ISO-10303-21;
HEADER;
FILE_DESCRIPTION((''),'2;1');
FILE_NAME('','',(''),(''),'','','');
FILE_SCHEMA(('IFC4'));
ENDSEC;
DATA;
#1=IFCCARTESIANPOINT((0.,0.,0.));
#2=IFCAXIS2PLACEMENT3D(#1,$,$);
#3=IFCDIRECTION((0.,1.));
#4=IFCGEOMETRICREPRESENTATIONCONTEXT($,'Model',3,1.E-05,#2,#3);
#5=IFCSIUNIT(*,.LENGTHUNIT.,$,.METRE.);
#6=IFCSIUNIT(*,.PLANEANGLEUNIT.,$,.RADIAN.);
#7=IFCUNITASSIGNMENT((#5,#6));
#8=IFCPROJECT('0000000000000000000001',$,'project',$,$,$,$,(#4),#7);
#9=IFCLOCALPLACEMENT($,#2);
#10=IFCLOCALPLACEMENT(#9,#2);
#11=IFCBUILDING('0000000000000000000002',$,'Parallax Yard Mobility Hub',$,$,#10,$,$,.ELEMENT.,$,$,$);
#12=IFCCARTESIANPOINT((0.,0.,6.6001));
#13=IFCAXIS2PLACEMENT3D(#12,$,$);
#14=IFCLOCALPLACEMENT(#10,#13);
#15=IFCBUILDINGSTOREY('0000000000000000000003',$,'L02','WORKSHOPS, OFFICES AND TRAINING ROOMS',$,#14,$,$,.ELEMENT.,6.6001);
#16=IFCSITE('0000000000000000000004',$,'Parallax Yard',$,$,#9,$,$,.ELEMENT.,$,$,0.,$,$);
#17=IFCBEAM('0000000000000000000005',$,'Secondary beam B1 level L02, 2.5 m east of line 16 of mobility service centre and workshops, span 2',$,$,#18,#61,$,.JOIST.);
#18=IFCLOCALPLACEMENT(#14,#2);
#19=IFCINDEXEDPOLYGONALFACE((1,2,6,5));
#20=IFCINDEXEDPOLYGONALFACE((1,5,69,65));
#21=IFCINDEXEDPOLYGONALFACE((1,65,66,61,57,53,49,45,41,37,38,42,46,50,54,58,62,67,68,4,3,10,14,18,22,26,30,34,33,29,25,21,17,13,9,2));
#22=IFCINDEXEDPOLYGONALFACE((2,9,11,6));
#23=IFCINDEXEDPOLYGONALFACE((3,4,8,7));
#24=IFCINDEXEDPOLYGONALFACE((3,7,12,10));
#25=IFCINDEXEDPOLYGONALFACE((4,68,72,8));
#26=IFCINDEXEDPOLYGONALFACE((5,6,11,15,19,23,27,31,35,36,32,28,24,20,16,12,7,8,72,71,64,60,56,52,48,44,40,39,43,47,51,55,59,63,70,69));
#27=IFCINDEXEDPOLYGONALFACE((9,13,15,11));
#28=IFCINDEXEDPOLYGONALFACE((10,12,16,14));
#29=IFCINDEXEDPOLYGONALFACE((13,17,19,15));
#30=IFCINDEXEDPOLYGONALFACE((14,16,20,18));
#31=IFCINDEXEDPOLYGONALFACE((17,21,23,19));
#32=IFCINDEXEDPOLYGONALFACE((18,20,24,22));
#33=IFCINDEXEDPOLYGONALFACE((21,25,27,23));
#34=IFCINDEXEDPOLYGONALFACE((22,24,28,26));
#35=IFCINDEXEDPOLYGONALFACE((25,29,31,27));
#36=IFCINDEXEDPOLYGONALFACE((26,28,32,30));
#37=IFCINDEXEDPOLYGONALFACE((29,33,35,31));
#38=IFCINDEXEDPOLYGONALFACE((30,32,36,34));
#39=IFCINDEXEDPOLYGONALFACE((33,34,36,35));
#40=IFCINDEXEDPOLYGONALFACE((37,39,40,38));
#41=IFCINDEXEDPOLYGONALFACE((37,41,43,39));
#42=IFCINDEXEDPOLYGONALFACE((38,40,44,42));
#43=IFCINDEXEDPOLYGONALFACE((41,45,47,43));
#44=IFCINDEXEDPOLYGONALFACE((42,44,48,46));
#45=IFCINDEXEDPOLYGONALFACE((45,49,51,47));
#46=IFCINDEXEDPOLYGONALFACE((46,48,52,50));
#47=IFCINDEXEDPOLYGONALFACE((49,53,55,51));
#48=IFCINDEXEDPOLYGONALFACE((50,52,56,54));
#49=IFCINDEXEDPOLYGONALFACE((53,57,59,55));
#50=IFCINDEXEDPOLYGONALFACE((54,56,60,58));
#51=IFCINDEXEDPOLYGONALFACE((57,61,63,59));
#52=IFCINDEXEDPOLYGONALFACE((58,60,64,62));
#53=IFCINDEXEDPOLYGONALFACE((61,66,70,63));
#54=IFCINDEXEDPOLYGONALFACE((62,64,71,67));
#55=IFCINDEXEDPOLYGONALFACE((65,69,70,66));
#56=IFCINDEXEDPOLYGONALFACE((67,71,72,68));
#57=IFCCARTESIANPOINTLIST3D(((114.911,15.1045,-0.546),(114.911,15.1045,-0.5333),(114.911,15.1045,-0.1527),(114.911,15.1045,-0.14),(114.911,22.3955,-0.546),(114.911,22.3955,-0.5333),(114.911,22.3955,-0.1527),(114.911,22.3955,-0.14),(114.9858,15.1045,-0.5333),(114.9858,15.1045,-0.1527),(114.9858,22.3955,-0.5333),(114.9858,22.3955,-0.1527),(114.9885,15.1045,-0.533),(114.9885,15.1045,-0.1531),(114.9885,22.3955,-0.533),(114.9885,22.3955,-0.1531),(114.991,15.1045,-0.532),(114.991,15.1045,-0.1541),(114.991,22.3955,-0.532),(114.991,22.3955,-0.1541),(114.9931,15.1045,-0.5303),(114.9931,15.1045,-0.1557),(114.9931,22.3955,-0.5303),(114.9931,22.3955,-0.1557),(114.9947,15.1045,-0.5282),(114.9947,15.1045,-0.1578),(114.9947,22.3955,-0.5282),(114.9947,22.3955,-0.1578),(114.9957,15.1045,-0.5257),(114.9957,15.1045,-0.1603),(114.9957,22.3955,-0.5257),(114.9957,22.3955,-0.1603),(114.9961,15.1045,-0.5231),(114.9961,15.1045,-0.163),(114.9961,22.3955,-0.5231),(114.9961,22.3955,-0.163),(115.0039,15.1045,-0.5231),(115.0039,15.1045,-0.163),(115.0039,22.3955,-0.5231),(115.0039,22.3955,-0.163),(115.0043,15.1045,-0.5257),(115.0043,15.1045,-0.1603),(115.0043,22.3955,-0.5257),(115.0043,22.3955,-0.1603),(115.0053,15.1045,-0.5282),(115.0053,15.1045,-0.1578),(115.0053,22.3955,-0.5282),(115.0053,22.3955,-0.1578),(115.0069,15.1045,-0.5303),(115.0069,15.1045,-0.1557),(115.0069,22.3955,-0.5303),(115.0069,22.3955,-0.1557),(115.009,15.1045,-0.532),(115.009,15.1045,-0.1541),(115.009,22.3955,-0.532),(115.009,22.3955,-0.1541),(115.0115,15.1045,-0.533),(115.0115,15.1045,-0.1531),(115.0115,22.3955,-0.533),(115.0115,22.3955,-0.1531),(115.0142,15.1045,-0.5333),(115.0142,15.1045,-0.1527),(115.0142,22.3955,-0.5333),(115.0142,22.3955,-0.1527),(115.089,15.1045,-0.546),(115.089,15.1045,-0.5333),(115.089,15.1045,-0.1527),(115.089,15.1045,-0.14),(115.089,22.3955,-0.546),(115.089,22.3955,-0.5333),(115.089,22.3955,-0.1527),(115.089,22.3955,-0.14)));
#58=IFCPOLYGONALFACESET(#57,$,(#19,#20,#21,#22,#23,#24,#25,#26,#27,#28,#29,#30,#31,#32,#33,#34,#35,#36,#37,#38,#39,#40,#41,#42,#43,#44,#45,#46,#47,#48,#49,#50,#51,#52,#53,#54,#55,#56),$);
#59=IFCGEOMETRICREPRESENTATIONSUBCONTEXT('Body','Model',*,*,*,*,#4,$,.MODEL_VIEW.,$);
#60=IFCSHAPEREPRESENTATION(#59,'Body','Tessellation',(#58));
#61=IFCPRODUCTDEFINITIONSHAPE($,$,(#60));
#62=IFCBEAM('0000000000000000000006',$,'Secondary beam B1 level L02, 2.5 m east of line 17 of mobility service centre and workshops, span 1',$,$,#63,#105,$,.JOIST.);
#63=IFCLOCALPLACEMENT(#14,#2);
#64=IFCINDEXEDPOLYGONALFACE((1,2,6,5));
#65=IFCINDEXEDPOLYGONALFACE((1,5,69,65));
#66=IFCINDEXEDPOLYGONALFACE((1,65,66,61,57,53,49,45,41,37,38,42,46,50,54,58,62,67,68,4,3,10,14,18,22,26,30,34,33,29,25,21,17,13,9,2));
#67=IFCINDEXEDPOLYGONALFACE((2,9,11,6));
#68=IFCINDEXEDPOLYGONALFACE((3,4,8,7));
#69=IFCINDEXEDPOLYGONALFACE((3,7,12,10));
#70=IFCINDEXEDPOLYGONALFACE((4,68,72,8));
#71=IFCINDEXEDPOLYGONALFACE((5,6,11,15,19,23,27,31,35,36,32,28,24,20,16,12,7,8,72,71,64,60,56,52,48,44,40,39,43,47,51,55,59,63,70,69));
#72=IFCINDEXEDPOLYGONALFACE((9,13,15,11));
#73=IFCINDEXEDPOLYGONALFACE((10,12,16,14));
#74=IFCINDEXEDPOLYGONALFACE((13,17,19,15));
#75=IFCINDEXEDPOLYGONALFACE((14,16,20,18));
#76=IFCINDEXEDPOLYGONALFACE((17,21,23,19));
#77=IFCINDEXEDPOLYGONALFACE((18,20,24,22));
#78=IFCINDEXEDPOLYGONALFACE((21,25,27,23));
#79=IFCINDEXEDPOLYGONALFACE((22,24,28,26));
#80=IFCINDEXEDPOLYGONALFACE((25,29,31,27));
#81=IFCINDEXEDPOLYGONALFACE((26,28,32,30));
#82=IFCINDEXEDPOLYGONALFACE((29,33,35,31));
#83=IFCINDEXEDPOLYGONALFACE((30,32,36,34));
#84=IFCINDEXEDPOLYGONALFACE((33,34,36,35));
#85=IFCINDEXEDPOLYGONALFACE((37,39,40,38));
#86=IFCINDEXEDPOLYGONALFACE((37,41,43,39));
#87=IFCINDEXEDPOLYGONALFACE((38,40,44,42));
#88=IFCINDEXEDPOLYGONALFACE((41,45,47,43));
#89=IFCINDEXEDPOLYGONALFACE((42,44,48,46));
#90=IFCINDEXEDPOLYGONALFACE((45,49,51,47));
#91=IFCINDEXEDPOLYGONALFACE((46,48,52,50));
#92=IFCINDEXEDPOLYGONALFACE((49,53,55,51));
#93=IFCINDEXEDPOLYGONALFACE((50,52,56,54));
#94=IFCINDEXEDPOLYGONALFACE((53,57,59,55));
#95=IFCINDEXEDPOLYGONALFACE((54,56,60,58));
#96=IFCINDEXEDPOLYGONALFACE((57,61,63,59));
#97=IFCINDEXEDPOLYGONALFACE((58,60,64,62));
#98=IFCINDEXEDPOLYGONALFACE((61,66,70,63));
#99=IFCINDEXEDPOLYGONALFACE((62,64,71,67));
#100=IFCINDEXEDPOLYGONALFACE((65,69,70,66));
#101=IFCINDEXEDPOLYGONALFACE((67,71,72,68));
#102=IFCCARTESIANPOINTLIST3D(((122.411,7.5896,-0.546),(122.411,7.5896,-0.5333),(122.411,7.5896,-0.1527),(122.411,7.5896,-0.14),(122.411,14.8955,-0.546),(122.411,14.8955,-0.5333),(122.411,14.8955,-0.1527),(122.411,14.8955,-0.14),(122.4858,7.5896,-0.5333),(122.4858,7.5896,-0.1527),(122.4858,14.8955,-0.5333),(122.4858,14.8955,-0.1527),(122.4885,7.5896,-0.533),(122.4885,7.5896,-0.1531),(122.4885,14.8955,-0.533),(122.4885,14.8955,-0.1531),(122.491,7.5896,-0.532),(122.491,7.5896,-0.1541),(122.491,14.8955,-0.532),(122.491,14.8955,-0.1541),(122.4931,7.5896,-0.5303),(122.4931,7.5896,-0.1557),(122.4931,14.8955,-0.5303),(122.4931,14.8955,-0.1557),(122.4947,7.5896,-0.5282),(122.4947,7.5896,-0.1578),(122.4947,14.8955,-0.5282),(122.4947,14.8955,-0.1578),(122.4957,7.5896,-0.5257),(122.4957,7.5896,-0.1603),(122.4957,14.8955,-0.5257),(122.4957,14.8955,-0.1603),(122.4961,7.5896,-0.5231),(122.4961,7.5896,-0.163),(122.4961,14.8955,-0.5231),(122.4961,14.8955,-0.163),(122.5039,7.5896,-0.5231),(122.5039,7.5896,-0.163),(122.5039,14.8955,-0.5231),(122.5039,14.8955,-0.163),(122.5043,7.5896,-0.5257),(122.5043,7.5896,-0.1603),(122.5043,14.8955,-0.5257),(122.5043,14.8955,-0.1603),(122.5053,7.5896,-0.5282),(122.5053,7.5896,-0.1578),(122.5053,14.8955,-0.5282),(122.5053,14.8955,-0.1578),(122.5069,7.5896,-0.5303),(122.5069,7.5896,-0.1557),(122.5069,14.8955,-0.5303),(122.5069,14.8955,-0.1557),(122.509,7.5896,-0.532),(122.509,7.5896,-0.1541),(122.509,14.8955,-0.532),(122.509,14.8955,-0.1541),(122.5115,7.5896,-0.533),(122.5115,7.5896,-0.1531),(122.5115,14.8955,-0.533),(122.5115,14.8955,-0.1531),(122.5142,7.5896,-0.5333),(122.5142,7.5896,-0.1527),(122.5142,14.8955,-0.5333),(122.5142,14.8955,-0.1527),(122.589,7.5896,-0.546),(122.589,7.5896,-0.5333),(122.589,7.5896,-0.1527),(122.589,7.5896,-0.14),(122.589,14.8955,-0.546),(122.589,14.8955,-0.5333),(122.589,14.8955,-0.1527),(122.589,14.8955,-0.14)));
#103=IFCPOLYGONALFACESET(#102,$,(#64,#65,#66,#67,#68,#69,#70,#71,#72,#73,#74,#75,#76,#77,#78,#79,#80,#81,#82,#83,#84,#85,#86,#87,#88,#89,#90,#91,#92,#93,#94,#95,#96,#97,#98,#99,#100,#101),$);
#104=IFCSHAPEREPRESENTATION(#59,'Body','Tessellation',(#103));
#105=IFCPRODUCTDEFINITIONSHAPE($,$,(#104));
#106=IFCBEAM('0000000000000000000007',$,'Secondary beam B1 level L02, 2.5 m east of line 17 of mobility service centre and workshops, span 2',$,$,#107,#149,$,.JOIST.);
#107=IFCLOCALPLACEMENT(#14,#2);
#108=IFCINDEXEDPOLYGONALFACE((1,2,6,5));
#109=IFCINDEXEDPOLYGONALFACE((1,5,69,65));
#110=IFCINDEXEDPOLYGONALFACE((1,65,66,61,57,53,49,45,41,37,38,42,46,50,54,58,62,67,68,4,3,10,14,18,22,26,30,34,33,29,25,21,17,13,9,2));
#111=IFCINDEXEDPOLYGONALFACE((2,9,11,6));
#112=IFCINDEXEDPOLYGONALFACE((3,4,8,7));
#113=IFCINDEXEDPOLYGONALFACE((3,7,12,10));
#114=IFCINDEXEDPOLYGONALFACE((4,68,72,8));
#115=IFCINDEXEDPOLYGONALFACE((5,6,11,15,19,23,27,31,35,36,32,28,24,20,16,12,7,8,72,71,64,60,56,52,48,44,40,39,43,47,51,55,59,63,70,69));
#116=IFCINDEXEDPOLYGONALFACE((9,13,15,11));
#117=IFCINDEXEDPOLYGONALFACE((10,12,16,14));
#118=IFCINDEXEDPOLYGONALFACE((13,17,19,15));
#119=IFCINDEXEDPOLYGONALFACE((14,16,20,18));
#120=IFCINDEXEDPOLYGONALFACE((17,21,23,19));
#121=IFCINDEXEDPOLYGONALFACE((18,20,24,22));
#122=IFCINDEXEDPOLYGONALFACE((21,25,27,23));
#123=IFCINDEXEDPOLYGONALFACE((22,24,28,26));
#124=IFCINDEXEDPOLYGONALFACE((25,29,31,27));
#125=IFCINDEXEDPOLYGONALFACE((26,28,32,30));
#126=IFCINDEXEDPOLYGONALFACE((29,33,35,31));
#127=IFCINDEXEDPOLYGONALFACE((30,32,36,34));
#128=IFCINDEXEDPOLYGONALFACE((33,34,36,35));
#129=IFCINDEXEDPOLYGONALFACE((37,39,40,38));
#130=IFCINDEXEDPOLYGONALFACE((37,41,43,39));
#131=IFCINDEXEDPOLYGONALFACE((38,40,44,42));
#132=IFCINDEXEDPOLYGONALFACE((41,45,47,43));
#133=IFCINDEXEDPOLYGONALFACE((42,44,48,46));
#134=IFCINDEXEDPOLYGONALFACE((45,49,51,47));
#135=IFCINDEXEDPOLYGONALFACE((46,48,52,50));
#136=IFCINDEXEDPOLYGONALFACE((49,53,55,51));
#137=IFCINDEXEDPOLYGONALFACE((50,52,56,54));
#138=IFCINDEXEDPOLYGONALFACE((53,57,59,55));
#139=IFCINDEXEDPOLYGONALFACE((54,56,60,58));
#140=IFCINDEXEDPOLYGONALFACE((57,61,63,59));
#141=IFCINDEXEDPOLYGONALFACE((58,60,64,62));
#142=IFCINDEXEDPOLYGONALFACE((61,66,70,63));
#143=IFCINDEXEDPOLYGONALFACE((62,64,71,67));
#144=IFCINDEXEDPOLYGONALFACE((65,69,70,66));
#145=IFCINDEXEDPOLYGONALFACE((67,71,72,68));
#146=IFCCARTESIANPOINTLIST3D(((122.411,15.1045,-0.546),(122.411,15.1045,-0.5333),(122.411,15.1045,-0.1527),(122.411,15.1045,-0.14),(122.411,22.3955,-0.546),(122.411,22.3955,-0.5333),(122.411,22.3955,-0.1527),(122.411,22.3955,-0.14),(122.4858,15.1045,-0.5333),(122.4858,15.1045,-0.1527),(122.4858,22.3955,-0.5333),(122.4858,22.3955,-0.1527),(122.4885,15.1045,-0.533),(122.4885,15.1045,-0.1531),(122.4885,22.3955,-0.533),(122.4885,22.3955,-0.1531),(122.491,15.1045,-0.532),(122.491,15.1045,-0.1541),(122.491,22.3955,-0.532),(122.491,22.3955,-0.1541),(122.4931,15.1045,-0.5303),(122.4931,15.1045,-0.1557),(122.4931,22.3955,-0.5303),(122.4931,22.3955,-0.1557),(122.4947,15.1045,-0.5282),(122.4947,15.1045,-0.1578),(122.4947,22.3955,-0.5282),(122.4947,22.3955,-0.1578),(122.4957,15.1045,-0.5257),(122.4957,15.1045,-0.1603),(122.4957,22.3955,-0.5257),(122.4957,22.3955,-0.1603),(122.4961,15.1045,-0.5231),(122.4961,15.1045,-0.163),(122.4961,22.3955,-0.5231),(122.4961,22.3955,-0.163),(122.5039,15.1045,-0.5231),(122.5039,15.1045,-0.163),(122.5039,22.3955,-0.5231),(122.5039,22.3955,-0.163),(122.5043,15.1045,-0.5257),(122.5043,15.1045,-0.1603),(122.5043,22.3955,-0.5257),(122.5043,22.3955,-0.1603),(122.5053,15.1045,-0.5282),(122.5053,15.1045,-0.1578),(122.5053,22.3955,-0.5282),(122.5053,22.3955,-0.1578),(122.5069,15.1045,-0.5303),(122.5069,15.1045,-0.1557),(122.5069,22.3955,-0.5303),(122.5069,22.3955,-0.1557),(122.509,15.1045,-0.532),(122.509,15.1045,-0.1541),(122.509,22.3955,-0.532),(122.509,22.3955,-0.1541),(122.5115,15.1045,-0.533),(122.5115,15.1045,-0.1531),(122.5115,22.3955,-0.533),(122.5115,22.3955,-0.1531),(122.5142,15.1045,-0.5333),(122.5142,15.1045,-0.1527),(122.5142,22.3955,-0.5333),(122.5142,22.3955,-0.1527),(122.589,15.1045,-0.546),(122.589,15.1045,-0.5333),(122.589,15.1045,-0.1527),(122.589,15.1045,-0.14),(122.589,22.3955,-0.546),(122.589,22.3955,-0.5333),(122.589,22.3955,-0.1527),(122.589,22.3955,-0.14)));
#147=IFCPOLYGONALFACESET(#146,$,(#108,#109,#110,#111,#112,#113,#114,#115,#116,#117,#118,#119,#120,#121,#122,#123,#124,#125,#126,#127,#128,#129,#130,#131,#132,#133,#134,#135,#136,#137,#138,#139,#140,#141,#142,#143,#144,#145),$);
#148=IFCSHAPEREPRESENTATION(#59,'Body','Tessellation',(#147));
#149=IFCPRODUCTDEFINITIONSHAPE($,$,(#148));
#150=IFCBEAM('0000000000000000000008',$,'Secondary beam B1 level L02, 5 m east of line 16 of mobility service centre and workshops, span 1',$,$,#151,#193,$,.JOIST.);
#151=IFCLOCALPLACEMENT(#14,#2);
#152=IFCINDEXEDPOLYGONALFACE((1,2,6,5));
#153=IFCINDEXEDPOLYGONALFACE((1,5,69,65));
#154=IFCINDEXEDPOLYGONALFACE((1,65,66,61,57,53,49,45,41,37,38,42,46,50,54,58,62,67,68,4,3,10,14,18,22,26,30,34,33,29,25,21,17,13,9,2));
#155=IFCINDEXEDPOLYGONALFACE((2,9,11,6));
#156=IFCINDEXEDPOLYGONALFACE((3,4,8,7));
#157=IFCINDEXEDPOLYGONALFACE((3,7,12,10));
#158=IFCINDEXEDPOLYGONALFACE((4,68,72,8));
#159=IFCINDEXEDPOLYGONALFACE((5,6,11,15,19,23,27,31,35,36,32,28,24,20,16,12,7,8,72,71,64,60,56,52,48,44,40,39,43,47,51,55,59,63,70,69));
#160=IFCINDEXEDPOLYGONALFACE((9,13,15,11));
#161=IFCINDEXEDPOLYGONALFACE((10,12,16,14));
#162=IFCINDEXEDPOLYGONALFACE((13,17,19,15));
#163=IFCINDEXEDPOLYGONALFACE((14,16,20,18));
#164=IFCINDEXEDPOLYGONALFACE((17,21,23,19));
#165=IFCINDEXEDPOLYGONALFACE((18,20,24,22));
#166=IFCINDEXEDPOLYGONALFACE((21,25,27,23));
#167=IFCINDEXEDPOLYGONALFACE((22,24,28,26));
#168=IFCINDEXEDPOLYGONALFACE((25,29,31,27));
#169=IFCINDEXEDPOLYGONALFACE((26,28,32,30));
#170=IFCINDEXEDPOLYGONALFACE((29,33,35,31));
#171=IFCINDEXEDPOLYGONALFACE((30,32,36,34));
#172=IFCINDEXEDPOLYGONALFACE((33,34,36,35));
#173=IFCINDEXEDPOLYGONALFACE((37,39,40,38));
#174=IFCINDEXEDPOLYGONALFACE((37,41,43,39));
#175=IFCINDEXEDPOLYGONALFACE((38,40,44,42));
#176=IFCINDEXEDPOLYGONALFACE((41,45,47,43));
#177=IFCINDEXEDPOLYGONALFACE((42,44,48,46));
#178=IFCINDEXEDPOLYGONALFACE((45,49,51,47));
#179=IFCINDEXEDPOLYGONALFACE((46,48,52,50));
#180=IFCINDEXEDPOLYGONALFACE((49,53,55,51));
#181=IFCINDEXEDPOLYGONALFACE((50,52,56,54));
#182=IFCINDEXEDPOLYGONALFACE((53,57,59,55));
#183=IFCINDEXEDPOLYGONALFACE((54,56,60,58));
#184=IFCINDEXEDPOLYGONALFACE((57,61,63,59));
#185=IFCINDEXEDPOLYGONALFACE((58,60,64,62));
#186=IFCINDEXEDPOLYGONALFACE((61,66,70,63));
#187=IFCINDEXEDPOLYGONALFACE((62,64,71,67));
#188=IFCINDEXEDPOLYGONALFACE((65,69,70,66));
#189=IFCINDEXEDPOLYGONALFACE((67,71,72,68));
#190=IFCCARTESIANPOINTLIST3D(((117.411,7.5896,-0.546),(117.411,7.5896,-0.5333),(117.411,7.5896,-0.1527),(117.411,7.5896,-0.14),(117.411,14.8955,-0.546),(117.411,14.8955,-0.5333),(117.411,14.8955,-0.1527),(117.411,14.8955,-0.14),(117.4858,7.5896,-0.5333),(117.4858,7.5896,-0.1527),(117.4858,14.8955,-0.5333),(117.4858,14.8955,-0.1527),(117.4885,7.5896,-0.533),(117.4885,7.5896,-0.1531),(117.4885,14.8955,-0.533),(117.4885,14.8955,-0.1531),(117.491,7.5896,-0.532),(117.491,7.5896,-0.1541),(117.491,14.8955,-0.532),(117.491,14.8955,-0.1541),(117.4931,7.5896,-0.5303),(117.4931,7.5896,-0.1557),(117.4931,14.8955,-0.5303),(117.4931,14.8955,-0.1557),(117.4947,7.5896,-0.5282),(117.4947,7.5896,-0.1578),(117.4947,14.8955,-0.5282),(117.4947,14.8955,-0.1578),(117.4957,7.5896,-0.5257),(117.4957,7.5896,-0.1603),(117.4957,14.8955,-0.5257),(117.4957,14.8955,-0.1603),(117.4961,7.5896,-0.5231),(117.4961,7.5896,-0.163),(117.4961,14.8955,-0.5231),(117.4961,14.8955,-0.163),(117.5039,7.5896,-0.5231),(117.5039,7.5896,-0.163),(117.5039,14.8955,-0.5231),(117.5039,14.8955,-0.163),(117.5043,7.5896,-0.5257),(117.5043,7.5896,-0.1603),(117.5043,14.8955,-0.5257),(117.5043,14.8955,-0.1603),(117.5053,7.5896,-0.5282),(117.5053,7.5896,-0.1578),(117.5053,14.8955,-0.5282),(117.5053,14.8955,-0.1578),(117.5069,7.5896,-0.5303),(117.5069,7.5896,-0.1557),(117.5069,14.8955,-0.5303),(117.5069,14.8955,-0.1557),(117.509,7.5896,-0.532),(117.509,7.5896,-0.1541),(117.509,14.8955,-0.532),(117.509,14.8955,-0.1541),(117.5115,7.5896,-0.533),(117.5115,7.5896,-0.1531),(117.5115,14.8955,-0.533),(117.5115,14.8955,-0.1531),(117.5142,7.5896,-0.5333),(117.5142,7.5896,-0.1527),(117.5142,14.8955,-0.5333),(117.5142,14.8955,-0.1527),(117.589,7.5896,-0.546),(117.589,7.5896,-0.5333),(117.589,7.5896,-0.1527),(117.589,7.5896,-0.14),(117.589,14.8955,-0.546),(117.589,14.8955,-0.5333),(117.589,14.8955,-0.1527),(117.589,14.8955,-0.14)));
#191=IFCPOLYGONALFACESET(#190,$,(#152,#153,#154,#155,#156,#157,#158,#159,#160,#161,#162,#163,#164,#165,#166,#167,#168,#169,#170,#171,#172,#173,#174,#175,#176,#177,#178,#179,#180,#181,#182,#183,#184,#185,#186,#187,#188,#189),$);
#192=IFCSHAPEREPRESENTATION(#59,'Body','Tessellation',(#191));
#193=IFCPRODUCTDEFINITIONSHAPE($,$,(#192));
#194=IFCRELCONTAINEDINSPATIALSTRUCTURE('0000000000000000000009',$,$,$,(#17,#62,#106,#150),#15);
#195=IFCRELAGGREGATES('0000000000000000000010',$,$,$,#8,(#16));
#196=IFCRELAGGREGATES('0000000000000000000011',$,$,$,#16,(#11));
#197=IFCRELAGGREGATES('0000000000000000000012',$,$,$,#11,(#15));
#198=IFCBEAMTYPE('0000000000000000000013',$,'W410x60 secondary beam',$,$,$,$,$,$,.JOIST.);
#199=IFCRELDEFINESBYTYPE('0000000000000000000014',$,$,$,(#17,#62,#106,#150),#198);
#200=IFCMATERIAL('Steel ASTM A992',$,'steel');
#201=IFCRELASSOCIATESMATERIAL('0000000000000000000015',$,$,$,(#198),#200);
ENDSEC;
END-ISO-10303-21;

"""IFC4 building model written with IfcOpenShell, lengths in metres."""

from ifc_helpers import new_model, si_unit, direction, frame, origin, origin_2d, place, context, subcontext, project, spatial, i_section, extrude, material, material_profile, profile_set, type_object, element, save


model = new_model("IFC4")

# Units and contexts
model_context = context("Model", 3, precision=1e-05, world=origin(), true_north=direction((0.0, 1.0)))
body_context = subcontext(model_context, "Body", "Model", "MODEL_VIEW")
ifc_project = project(units=[si_unit("LENGTHUNIT", "METRE"), si_unit("PLANEANGLEUNIT", "RADIAN")], contexts=[model_context])

# Site, building, storey
site_placement = place(None, origin())
site = spatial("IfcSite", under=ifc_project, at=site_placement, Name="Parallax Yard", CompositionType="ELEMENT", RefElevation=0.0)
building_placement = place(site_placement, origin())
building = spatial("IfcBuilding", under=site, at=building_placement, Name="Parallax Yard Mobility Hub", CompositionType="ELEMENT")
storey_placement = place(building_placement, frame((0.0, 0.0, 6.6001)))
storey = spatial("IfcBuildingStorey", under=building, at=storey_placement, Name="L02", Description="WORKSHOPS, OFFICES AND TRAINING ROOMS", CompositionType="ELEMENT", Elevation=6.6001)

# Shared definitions
ifc_material_1 = material(Name="Steel ASTM A992", Category="steel")

# Beams
ifc_material_profile_1 = material_profile(ifc_material_1, i_section(OverallWidth=0.178, OverallDepth=0.406, WebThickness=0.0078, FlangeThickness=0.0127, FilletRadius=0.0103, at=origin_2d()), Name="W410x60")
ifc_profile_set_1 = profile_set([ifc_material_profile_1], Name="Steel ASTM A992")
beam_type_1 = type_object("IfcBeamType", Name="W410x60 secondary beam", PredefinedType="JOIST", material=ifc_profile_set_1)
beam_1_placement = place(storey_placement, frame((115.0, 15.1045, -0.343), z_axis=(0.0, 1.0, 0.0), x_axis=(-1.0, 0.0, 0.0)))
element("IfcBeam", 1, at=beam_1_placement, inside=storey, type_object=beam_type_1, Name="Secondary beam B1 level L02, 2.5 m east of line 16 of mobility service centre and workshops, span 2", PredefinedType="JOIST", context=body_context, shape_type="SweptSolid", body=[
    extrude(i_section(OverallWidth=0.178, OverallDepth=0.406, WebThickness=0.0078, FlangeThickness=0.0127, FilletRadius=0.0103, at=origin_2d()), origin(), (0.0, 0.0, 1.0), 7.291),
])
beam_2_placement = place(storey_placement, frame((122.5, 7.5896, -0.343), z_axis=(0.0, 1.0, 0.0), x_axis=(-1.0, 0.0, 0.0)))
element("IfcBeam", 2, at=beam_2_placement, inside=storey, type_object=beam_type_1, Name="Secondary beam B1 level L02, 2.5 m east of line 17 of mobility service centre and workshops, span 1", PredefinedType="JOIST", context=body_context, shape_type="SweptSolid", body=[
    extrude(i_section(OverallWidth=0.178, OverallDepth=0.406, WebThickness=0.0078, FlangeThickness=0.0127, FilletRadius=0.0103, at=origin_2d()), origin(), (0.0, 0.0, 1.0), 7.3059),
])
beam_3_placement = place(storey_placement, frame((122.5, 15.1045, -0.343), z_axis=(0.0, 1.0, 0.0), x_axis=(-1.0, 0.0, 0.0)))
element("IfcBeam", 3, at=beam_3_placement, inside=storey, type_object=beam_type_1, Name="Secondary beam B1 level L02, 2.5 m east of line 17 of mobility service centre and workshops, span 2", PredefinedType="JOIST", context=body_context, shape_type="SweptSolid", body=[
    extrude(i_section(OverallWidth=0.178, OverallDepth=0.406, WebThickness=0.0078, FlangeThickness=0.0127, FilletRadius=0.0103, at=origin_2d()), origin(), (0.0, 0.0, 1.0), 7.291),
])
beam_4_placement = place(storey_placement, frame((117.5, 7.5896, -0.343), z_axis=(0.0, 1.0, 0.0), x_axis=(-1.0, 0.0, 0.0)))
element("IfcBeam", 4, at=beam_4_placement, inside=storey, type_object=beam_type_1, Name="Secondary beam B1 level L02, 5 m east of line 16 of mobility service centre and workshops, span 1", PredefinedType="JOIST", context=body_context, shape_type="SweptSolid", body=[
    extrude(i_section(OverallWidth=0.178, OverallDepth=0.406, WebThickness=0.0078, FlangeThickness=0.0127, FilletRadius=0.0103, at=origin_2d()), origin(), (0.0, 0.0, 1.0), 7.3059),
])

save(model, "model.ifc")
